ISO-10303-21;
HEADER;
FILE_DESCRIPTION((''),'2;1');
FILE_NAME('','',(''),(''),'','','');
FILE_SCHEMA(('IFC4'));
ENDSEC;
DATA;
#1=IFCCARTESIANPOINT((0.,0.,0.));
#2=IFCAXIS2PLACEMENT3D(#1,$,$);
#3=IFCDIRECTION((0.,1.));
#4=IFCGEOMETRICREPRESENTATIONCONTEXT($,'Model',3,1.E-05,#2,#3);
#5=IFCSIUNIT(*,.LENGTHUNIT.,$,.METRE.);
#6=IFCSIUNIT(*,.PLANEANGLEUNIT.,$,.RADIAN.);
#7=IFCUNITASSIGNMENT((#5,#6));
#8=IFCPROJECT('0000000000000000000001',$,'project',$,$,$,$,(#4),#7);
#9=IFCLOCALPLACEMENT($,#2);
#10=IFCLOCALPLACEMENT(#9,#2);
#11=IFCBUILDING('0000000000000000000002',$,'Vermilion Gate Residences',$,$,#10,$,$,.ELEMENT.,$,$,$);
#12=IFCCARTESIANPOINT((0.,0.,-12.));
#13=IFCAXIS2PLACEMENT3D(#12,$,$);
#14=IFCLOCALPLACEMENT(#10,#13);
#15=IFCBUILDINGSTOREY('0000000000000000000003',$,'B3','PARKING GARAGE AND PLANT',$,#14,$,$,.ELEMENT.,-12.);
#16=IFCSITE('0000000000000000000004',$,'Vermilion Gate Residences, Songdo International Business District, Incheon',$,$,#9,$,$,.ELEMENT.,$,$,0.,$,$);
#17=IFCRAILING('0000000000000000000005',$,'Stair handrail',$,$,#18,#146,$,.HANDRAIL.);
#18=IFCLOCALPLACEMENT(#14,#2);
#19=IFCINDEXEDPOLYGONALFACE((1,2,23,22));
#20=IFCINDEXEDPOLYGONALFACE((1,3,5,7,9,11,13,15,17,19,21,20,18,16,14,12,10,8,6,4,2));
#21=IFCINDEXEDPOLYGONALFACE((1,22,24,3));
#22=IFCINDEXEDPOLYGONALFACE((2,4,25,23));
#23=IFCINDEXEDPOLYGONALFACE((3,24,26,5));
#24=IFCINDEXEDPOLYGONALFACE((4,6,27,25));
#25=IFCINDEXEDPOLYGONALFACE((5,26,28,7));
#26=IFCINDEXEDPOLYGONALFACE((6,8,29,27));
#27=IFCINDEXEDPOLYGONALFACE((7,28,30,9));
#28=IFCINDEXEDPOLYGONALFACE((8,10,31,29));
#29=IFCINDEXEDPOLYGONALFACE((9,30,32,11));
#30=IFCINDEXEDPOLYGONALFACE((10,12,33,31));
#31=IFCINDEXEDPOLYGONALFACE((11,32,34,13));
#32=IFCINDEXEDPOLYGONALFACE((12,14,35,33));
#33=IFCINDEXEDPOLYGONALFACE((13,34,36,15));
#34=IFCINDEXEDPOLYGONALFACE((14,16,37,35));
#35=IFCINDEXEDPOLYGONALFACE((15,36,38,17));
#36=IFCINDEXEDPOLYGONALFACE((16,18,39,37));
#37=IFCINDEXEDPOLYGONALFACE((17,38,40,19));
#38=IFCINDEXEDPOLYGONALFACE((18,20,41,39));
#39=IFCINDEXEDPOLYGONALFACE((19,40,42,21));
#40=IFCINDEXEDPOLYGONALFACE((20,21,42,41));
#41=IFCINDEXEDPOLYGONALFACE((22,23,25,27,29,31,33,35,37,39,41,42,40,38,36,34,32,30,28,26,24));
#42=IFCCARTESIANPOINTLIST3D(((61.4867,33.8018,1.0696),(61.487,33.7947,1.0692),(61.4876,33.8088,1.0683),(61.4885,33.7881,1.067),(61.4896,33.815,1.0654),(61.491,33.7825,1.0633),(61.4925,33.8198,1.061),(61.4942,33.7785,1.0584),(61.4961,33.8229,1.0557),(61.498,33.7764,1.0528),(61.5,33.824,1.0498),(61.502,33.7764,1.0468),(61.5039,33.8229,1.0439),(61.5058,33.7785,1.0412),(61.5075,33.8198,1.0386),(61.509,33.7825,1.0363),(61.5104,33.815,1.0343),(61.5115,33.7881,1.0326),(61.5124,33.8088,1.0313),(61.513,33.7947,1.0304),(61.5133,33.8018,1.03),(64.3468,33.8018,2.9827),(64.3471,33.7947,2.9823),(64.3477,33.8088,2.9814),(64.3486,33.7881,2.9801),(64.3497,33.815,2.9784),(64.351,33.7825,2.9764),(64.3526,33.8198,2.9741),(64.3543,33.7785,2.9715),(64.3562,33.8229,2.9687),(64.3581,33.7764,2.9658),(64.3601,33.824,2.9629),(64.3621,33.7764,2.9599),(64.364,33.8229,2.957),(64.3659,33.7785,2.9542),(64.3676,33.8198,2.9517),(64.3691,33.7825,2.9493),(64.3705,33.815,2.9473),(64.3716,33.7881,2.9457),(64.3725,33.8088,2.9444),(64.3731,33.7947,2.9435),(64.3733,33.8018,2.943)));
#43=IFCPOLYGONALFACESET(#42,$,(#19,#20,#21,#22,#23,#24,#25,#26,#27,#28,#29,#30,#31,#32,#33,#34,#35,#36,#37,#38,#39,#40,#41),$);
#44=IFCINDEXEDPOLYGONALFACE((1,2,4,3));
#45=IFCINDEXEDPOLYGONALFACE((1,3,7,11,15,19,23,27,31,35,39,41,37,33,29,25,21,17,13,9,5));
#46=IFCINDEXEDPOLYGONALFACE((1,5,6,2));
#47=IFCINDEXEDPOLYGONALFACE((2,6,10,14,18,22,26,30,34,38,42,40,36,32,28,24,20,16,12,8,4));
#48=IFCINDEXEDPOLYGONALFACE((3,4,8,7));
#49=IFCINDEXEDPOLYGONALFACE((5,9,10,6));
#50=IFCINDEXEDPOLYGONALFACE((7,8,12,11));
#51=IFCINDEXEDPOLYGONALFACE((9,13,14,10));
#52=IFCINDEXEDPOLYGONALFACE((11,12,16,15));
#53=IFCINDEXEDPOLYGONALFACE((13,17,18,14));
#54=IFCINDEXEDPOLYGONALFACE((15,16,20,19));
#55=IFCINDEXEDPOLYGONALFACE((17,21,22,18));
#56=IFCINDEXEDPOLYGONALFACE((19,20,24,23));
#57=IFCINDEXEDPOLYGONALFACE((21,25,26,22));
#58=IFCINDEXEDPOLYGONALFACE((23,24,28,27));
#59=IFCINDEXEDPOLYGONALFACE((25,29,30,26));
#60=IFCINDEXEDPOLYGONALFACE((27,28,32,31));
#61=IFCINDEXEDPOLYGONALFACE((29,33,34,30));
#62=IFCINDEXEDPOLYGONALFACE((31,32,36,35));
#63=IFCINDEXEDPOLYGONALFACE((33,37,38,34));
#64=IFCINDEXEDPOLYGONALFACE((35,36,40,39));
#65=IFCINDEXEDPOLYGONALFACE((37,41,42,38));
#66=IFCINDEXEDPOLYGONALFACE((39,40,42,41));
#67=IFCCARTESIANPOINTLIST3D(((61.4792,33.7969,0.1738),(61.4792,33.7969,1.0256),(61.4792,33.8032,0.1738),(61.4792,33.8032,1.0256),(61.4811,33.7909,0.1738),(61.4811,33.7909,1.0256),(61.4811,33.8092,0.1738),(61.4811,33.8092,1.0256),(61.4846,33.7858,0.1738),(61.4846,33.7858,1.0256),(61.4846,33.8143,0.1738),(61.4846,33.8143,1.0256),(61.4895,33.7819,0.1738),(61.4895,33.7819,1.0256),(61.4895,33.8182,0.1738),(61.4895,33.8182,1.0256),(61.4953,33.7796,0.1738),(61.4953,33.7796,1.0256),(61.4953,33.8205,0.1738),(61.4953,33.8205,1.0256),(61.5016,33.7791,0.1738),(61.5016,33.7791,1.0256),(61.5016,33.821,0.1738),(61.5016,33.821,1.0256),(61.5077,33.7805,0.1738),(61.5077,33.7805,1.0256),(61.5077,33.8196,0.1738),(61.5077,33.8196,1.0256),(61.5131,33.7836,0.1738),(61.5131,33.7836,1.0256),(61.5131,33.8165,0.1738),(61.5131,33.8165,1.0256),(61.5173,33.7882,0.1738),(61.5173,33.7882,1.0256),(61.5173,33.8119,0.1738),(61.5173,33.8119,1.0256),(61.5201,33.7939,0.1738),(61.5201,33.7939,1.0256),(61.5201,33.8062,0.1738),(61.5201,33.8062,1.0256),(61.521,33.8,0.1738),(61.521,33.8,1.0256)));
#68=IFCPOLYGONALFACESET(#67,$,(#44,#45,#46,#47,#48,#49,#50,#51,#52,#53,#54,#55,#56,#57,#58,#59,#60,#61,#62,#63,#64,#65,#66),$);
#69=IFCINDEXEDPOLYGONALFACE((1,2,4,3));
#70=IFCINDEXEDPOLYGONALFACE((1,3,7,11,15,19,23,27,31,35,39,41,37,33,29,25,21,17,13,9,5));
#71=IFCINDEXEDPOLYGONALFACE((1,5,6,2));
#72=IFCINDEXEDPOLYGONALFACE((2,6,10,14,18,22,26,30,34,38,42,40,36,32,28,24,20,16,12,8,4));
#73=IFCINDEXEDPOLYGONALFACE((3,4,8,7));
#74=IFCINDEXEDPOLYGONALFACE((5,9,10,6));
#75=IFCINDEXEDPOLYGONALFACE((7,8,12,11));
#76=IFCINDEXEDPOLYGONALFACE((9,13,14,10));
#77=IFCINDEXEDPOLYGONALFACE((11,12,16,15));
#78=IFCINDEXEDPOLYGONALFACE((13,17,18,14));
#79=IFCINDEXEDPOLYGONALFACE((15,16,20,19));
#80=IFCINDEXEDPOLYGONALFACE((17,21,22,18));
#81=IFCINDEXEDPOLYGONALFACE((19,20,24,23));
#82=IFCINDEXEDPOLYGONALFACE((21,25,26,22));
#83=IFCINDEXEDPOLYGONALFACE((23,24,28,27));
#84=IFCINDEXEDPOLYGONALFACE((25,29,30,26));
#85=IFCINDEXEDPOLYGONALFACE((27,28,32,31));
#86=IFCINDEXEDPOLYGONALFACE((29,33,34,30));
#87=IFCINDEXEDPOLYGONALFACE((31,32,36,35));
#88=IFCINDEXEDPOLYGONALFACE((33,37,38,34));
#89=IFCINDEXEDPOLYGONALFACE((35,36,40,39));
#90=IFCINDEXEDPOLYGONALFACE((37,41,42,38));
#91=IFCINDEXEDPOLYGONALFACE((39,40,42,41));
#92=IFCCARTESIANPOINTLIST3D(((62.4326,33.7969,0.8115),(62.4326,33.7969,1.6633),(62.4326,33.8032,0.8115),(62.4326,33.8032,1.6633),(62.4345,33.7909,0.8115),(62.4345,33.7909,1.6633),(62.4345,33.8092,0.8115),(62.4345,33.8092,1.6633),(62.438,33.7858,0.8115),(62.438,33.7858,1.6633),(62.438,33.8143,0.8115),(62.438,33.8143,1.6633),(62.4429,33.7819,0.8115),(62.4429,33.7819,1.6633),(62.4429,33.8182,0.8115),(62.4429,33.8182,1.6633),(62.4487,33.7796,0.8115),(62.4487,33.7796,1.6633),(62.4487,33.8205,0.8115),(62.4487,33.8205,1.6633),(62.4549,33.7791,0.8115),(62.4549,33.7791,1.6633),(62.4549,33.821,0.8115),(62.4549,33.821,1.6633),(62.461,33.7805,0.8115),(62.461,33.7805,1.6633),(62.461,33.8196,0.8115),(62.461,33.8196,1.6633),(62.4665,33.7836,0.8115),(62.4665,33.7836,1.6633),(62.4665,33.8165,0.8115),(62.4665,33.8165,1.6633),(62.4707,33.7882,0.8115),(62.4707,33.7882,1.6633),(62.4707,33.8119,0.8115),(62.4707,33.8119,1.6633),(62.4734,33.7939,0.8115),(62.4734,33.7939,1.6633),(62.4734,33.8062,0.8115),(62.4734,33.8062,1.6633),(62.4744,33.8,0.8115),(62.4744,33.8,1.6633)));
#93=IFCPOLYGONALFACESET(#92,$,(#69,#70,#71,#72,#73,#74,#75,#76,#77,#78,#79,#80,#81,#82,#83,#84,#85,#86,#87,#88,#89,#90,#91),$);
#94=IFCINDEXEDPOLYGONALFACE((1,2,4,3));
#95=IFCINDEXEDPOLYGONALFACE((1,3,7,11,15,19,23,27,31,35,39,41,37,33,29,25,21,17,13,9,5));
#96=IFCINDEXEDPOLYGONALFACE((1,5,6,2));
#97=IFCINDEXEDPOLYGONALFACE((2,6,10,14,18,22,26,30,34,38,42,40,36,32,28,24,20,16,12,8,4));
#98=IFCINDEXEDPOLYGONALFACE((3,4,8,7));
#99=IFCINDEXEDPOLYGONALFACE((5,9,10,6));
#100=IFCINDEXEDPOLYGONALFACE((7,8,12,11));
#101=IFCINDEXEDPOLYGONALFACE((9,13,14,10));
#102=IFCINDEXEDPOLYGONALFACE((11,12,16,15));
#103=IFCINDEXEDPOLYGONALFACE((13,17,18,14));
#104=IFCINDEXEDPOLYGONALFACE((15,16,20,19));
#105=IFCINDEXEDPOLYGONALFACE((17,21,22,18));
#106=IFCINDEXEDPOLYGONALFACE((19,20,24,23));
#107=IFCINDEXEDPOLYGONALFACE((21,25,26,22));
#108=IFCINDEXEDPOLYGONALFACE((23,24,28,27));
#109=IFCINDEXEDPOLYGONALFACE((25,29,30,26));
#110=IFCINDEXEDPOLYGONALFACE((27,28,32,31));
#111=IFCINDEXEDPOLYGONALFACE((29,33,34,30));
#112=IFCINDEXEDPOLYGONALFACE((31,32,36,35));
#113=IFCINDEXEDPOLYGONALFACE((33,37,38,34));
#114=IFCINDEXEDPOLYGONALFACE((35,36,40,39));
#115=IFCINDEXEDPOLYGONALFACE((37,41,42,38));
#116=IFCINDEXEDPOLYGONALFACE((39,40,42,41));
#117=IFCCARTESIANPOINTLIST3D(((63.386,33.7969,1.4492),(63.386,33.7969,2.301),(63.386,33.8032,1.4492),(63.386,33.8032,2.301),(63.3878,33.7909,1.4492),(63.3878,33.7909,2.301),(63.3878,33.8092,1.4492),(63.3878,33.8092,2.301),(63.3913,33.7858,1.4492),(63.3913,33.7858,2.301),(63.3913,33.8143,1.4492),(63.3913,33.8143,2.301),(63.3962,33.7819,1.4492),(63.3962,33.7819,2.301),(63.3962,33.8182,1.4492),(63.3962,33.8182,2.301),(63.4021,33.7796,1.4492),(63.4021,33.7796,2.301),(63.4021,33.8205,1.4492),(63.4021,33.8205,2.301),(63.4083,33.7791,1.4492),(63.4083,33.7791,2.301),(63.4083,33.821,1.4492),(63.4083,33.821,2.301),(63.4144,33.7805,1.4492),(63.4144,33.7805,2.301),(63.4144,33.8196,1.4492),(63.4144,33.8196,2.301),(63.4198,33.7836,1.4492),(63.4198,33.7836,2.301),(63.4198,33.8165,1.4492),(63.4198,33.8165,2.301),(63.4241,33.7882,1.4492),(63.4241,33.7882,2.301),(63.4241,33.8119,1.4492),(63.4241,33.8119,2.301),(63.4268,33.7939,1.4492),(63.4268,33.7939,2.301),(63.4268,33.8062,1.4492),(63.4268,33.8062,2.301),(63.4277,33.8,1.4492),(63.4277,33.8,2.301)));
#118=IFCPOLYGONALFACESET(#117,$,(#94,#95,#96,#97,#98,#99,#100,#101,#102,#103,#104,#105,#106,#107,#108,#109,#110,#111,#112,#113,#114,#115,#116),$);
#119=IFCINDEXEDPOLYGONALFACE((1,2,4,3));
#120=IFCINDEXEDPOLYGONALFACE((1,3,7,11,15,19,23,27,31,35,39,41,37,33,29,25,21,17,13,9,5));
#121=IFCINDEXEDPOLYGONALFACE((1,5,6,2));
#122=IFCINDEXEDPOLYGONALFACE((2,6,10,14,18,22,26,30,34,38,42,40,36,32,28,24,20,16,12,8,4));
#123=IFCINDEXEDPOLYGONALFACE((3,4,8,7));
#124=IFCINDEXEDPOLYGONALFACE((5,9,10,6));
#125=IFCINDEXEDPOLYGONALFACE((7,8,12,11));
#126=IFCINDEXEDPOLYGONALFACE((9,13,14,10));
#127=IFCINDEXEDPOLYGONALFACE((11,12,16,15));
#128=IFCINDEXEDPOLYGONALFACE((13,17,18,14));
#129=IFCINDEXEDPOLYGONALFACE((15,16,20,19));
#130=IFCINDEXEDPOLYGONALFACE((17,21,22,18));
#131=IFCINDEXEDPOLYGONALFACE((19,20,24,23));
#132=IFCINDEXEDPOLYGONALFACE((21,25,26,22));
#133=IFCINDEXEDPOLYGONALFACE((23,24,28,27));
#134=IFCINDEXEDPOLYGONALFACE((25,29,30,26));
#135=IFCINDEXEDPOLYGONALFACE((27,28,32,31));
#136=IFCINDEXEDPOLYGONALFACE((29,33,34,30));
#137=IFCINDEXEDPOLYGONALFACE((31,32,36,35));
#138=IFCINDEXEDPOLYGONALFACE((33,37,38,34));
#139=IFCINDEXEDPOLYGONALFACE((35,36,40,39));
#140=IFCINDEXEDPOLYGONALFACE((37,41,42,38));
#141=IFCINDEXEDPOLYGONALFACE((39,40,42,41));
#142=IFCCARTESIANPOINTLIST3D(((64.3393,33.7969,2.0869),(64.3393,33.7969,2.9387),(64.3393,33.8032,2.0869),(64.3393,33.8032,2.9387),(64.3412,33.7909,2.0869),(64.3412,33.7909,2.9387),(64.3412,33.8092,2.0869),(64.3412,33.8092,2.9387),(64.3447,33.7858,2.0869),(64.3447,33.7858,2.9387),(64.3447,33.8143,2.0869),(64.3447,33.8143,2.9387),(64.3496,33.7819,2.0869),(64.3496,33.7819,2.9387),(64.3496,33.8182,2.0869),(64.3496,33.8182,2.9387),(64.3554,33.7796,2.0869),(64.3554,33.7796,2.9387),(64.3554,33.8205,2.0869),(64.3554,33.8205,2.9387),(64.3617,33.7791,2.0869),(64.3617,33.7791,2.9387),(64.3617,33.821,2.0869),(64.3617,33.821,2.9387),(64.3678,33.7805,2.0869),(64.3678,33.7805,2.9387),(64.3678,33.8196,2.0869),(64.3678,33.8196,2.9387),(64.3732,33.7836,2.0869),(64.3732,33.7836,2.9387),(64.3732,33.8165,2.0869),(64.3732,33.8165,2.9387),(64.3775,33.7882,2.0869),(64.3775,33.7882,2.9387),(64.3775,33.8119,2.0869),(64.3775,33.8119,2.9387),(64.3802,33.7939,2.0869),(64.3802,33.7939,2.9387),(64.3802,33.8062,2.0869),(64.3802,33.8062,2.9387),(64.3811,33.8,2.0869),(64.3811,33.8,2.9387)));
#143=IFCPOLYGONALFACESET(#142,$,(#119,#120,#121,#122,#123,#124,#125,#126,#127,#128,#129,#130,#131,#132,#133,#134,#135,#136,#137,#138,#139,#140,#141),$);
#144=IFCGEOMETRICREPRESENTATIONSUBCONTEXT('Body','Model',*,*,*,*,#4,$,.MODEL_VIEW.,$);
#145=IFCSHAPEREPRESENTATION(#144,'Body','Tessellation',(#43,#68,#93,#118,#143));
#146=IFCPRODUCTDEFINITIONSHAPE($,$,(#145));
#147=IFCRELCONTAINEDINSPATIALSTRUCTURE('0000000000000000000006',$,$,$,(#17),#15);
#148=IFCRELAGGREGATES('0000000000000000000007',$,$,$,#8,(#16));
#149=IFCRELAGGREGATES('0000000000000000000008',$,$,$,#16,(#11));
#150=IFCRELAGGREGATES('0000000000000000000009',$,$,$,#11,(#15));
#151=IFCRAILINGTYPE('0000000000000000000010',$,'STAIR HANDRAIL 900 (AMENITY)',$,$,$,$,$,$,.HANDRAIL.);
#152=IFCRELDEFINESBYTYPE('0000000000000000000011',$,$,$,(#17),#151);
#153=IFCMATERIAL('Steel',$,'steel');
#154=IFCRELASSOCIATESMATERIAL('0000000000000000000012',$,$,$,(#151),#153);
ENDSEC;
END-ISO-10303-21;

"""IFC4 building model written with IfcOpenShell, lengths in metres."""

from ifc_helpers import new_model, si_unit, direction, frame, origin, origin_2d, place, context, subcontext, project, spatial, circle, extrude, material, type_object, element, save


model = new_model("IFC4")

# Units and contexts
model_context = context("Model", 3, precision=1e-05, world=origin(), true_north=direction((0.0, 1.0)))
body_context = subcontext(model_context, "Body", "Model", "MODEL_VIEW")
ifc_project = project(units=[si_unit("LENGTHUNIT", "METRE"), si_unit("PLANEANGLEUNIT", "RADIAN")], contexts=[model_context])

# Site, building, storey
site_placement = place(None, origin())
site = spatial("IfcSite", under=ifc_project, at=site_placement, Name="Vermilion Gate Residences, Songdo International Business District, Incheon", CompositionType="ELEMENT", RefElevation=0.0)
building_placement = place(site_placement, origin())
building = spatial("IfcBuilding", under=site, at=building_placement, Name="Vermilion Gate Residences", CompositionType="ELEMENT")
storey_placement = place(building_placement, frame((0.0, 0.0, -12.0)))
storey = spatial("IfcBuildingStorey", under=building, at=storey_placement, Name="B3", Description="PARKING GARAGE AND PLANT", CompositionType="ELEMENT", Elevation=-12.0)

# Railing
ifc_material_1 = material(Name="Steel", Category="steel")
railing_type = type_object("IfcRailingType", Name="STAIR HANDRAIL 900 (AMENITY)", PredefinedType="HANDRAIL", material=ifc_material_1)
railing_1_placement = place(storey_placement, frame((61.5, 33.8, 0.1738)))
element("IfcRailing", 1, at=railing_1_placement, inside=storey, type_object=railing_type, Name="Stair handrail", PredefinedType="HANDRAIL", context=body_context, shape_type="SweptSolid", body=[
    extrude(circle(Radius=0.0239, at=origin_2d()), frame((0.0, 0.0, 0.876), z_axis=(0.831198, 0.0, 0.555977), x_axis=(0.0, 1.0, 0.0)), (0.0, 0.0, 1.0), 3.4409),
    extrude(circle(Radius=0.021, at=origin_2d()), origin(), (0.0, 0.0, 1.0), 0.8518),
    extrude(circle(Radius=0.021, at=origin_2d()), frame((0.9534, 0.0, 0.6377)), (0.0, 0.0, 1.0), 0.8518),
    extrude(circle(Radius=0.021, at=origin_2d()), frame((1.9067, 0.0, 1.2754)), (0.0, 0.0, 1.0), 0.8518),
    extrude(circle(Radius=0.021, at=origin_2d()), frame((2.8601, 0.0, 1.9131)), (0.0, 0.0, 1.0), 0.8518),
])

save(model, "model.ifc")
